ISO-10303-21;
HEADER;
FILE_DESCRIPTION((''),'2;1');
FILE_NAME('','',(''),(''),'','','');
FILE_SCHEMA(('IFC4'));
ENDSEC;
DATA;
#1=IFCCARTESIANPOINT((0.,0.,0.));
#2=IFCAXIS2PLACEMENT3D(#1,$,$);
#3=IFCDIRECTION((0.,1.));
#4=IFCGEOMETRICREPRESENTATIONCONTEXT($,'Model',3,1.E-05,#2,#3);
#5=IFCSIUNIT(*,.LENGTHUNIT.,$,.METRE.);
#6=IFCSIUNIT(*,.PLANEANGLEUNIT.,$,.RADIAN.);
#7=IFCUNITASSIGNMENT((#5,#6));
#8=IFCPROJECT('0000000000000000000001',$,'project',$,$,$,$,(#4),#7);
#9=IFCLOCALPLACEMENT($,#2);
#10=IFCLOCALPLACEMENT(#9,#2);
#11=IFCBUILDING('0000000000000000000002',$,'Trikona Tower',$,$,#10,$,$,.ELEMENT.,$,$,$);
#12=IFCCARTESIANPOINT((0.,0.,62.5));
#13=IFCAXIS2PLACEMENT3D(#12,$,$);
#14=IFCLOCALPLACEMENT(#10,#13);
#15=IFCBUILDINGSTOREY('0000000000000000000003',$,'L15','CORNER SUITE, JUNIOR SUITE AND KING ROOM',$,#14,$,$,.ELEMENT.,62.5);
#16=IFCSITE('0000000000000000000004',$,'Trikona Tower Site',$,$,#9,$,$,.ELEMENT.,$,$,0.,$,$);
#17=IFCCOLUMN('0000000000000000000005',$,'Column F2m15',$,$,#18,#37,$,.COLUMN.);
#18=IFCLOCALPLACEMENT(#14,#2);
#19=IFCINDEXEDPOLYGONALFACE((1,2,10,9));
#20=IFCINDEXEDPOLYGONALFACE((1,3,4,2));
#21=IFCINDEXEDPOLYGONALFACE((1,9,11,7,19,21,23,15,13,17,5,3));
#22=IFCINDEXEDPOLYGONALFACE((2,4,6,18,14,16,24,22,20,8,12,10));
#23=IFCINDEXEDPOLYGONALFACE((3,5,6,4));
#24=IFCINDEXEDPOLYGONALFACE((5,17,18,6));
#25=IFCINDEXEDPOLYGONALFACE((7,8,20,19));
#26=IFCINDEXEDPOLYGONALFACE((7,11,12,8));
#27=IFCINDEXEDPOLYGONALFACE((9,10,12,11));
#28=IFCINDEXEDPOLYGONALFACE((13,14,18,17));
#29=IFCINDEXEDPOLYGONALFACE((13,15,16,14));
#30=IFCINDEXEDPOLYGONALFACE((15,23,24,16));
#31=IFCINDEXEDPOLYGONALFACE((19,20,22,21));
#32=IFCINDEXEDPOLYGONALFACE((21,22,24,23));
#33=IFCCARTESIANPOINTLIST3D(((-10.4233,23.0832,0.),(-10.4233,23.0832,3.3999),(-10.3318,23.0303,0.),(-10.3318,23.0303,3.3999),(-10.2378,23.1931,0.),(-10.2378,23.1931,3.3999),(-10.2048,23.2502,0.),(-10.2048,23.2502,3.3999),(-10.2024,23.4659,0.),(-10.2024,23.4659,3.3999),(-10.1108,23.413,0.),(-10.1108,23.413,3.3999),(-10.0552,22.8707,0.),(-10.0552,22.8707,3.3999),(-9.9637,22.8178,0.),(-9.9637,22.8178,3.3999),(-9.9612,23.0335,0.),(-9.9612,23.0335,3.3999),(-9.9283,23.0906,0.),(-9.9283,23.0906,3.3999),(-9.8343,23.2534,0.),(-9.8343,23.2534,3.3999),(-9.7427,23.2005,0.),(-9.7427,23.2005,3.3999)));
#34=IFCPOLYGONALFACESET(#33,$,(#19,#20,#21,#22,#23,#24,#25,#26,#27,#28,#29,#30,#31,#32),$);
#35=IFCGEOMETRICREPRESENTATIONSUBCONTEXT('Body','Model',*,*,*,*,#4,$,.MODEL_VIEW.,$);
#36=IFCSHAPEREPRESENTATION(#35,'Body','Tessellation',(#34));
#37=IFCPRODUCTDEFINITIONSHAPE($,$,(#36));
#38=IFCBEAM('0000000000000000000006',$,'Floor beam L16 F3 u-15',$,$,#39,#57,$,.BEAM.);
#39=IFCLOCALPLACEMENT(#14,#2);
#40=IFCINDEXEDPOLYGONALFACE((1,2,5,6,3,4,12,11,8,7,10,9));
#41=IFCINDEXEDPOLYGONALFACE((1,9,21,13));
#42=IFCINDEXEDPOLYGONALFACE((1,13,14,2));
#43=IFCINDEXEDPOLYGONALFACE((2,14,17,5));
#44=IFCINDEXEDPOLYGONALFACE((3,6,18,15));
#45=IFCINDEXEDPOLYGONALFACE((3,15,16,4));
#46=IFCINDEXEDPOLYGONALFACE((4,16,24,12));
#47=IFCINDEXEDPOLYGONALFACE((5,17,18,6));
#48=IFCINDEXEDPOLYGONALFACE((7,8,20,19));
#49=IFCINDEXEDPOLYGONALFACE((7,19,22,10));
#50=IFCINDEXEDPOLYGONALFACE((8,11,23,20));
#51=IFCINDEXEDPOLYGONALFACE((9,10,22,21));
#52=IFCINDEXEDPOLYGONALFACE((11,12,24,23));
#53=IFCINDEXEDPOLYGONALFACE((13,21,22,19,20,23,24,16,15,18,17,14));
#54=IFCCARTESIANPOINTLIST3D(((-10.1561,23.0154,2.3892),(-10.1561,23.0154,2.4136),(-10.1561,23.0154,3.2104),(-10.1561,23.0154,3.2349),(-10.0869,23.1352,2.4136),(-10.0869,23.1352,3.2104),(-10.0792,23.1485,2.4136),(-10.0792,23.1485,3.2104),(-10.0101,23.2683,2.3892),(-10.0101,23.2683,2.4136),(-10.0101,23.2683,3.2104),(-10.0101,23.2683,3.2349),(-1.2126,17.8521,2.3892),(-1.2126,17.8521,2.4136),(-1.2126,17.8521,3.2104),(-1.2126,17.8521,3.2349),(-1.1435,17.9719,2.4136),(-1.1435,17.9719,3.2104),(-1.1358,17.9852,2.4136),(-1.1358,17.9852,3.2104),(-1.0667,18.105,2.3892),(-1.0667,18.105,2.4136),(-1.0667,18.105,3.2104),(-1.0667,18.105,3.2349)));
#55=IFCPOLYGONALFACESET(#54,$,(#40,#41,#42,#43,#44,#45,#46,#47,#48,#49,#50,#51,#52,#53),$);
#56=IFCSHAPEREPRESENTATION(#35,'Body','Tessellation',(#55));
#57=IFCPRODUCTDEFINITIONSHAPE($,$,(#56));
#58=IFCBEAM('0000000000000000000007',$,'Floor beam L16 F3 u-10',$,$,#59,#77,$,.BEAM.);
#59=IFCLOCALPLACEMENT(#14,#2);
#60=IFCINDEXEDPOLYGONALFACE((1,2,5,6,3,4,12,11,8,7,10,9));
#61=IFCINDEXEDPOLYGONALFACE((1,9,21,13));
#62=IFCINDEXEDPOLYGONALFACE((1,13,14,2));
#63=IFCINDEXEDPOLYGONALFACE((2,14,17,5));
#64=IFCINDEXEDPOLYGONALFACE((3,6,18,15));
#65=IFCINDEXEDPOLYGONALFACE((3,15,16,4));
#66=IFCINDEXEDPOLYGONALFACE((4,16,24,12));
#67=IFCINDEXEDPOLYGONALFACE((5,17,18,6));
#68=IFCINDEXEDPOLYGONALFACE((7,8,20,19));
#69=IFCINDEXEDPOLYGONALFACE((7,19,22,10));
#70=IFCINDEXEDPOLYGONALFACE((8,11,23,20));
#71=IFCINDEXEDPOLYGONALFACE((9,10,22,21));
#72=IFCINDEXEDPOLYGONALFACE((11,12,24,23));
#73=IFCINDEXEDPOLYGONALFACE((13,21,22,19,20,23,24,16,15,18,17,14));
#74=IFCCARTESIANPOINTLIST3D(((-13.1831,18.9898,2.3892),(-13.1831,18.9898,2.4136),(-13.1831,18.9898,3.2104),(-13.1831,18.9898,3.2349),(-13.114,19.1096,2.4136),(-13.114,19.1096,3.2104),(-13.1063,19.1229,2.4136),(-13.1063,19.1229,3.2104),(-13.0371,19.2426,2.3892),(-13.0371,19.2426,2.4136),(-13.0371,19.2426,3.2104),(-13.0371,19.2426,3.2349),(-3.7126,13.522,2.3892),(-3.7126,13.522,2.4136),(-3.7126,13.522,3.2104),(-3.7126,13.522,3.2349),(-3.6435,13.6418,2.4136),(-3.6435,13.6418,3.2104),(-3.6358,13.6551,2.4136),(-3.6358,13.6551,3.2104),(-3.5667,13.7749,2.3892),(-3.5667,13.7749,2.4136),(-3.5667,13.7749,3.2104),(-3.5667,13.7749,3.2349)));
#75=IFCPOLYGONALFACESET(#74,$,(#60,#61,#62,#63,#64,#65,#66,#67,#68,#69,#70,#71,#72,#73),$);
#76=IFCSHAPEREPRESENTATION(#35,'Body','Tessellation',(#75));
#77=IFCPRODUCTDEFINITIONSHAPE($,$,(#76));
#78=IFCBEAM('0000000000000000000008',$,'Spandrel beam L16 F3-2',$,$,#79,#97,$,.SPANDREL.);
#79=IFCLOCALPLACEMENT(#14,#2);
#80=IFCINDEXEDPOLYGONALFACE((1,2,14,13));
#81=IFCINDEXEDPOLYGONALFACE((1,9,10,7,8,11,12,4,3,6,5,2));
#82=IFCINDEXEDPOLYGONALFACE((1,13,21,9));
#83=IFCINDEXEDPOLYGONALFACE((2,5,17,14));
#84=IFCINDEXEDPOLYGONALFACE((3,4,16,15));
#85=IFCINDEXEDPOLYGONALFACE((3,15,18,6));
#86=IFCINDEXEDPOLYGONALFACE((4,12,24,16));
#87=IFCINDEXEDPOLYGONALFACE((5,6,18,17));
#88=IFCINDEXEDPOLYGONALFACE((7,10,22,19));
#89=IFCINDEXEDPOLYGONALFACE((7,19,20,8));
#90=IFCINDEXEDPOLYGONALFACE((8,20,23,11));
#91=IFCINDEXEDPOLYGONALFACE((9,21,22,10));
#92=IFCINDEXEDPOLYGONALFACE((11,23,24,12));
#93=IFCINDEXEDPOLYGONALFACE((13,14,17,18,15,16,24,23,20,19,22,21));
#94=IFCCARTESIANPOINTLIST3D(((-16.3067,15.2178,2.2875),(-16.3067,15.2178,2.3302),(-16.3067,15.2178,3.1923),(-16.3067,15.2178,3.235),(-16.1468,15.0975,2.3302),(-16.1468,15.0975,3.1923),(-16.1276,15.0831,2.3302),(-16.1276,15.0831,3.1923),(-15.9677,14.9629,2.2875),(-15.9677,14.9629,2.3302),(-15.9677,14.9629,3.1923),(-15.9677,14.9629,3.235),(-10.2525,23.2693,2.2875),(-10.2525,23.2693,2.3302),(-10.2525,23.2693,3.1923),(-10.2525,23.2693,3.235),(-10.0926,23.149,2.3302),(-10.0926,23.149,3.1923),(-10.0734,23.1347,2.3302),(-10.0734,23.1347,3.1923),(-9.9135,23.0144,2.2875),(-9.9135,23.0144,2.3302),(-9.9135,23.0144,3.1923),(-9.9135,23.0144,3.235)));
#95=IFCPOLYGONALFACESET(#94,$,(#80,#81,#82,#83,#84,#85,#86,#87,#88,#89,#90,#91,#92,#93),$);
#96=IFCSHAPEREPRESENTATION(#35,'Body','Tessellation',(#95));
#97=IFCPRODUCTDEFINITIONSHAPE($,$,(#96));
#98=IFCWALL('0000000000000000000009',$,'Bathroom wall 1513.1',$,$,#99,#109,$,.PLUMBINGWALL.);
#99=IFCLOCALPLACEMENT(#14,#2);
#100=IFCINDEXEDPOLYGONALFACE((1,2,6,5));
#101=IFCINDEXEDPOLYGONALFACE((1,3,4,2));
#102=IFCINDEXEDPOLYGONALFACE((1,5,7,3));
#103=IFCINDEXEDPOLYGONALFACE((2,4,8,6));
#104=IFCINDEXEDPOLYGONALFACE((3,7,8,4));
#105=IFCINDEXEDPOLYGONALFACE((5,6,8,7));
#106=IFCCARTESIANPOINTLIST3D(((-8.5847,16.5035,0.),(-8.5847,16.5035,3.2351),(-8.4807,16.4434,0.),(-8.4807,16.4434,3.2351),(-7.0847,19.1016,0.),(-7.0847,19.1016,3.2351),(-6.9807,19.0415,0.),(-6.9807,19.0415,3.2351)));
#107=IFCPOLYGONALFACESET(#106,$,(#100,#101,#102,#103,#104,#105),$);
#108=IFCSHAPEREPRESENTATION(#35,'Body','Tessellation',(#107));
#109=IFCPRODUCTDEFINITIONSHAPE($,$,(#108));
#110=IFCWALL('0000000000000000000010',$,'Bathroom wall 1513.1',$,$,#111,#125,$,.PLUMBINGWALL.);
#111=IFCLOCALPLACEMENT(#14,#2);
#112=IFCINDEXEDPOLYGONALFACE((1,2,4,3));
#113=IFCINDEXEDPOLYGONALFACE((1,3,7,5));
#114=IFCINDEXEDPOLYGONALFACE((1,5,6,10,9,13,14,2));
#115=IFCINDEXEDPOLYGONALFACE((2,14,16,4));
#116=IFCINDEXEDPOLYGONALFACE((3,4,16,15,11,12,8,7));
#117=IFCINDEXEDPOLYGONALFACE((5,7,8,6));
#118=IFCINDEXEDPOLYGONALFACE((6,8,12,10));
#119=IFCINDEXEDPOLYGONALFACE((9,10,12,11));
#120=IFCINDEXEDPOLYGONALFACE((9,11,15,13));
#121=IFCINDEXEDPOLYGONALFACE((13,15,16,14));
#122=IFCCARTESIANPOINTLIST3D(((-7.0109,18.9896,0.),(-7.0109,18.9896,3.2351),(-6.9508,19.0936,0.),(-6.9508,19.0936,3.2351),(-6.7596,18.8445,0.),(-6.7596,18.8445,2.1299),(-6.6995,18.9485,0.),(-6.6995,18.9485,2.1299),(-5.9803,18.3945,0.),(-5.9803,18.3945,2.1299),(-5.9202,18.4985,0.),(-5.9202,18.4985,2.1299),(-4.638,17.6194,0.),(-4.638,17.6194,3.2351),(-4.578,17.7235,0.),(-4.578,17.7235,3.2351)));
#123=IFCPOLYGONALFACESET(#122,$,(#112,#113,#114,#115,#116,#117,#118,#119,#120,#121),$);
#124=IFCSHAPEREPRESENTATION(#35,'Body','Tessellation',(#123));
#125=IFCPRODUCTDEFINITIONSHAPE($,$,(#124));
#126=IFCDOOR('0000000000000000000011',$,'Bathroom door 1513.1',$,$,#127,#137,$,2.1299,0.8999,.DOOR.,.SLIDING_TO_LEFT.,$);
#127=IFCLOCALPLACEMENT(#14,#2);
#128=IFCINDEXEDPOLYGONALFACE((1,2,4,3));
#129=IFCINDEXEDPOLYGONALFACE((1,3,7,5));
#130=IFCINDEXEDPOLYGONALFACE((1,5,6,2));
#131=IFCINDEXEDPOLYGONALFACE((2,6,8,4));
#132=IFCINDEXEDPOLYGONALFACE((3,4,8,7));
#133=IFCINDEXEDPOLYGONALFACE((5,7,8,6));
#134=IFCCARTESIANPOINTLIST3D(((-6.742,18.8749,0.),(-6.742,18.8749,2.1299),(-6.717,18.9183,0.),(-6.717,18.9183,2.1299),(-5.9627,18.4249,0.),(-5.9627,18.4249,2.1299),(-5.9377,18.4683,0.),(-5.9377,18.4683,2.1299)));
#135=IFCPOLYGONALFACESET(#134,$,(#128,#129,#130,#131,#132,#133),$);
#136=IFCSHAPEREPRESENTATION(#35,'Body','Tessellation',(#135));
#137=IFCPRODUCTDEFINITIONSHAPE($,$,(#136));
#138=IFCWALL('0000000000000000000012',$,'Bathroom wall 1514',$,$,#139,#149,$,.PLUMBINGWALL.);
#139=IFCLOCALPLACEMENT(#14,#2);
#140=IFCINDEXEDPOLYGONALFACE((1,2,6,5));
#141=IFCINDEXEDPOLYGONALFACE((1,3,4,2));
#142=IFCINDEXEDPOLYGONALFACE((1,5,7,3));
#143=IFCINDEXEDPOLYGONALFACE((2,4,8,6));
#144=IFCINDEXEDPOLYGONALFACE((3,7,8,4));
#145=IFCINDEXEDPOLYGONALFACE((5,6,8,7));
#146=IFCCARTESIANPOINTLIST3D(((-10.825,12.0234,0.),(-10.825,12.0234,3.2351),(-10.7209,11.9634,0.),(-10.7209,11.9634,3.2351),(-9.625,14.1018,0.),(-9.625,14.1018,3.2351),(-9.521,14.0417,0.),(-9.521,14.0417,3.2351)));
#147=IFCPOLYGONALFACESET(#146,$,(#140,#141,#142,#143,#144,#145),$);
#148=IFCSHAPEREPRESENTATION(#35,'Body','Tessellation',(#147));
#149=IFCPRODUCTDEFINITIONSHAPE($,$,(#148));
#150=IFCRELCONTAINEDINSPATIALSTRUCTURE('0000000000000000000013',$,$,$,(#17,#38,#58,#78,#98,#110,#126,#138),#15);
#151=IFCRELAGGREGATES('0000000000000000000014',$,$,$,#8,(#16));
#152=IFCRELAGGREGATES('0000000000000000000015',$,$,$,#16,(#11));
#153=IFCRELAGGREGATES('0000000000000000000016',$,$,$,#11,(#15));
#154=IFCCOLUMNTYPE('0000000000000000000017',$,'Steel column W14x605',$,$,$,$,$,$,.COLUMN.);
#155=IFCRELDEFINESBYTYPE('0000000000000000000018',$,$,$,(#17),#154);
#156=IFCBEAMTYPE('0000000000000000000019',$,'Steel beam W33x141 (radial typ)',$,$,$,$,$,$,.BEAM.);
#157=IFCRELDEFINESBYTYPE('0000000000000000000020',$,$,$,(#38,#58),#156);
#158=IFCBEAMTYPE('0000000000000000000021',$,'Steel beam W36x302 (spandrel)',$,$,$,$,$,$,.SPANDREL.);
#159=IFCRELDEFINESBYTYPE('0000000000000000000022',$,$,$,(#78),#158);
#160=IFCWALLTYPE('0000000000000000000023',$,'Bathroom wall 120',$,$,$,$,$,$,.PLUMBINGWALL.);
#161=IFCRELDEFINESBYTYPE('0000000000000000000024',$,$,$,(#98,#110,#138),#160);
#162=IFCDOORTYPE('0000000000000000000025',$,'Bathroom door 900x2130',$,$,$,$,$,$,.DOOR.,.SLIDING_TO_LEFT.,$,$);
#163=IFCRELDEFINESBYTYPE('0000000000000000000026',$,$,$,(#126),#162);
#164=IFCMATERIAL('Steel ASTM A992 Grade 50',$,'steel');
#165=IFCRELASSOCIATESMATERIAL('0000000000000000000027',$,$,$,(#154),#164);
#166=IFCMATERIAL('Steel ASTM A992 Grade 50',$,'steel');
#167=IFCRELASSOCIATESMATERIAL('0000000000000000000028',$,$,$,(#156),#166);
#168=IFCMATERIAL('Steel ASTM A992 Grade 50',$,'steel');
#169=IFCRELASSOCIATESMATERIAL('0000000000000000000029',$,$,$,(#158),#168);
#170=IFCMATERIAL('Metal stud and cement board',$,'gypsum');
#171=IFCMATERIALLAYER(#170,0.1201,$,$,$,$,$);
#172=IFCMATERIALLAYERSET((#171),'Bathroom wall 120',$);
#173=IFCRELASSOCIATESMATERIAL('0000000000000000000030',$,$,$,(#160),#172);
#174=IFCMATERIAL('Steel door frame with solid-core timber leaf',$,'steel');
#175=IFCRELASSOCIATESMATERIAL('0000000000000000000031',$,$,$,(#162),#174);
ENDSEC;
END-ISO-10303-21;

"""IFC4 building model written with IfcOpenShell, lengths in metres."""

from ifc_helpers import new_model, si_unit, direction, frame, frame_2d, origin, origin_2d, place, context, subcontext, project, spatial, rectangle, i_section, extrude, material, layer, layer_set, material_profile, profile_set, type_object, element, fill, save


model = new_model("IFC4")

# Units and contexts
model_context = context("Model", 3, precision=1e-05, world=origin(), true_north=direction((0.0, 1.0)))
body_context = subcontext(model_context, "Body", "Model", "MODEL_VIEW")
ifc_project = project(units=[si_unit("LENGTHUNIT", "METRE"), si_unit("PLANEANGLEUNIT", "RADIAN")], contexts=[model_context])

# Site, building, storey
site_placement = place(None, origin())
site = spatial("IfcSite", under=ifc_project, at=site_placement, Name="Trikona Tower Site", CompositionType="ELEMENT", RefElevation=0.0)
building_placement = place(site_placement, origin())
building = spatial("IfcBuilding", under=site, at=building_placement, Name="Trikona Tower", CompositionType="ELEMENT")
storey_placement = place(building_placement, frame((0.0, 0.0, 62.5)))
storey = spatial("IfcBuildingStorey", under=building, at=storey_placement, Name="L15", Description="CORNER SUITE, JUNIOR SUITE AND KING ROOM", CompositionType="ELEMENT", Elevation=62.5)

# Column
ifc_material_1 = material(Name="Steel ASTM A992 Grade 50", Category="steel")
ifc_material_profile_1 = material_profile(ifc_material_1, i_section(OverallWidth=0.4419, OverallDepth=0.5308, WebThickness=0.0659, FlangeThickness=0.1057, at=origin_2d()), Name="W14X605")
ifc_profile_set_1 = profile_set([ifc_material_profile_1], Name="Steel ASTM A992 Grade 50")
column_type = type_object("IfcColumnType", Name="Steel column W14x605", PredefinedType="COLUMN", material=ifc_profile_set_1)
column_placement = place(storey_placement, frame((-10.083, 23.1418, 0.0), z_axis=(0.0, 0.0, 1.0), x_axis=(-0.5, -0.866025, 0.0)))
element("IfcColumn", 1, at=column_placement, inside=storey, type_object=column_type, Name="Column F2m15", PredefinedType="COLUMN", context=body_context, shape_type="SweptSolid", body=[
    extrude(i_section(OverallWidth=0.4419, OverallDepth=0.5308, WebThickness=0.0659, FlangeThickness=0.1057, at=origin_2d()), origin(), (0.0, 0.0, 1.0), 3.3999),
])

# Beams
ifc_material_2 = material(Name="Steel ASTM A992 Grade 50", Category="steel")
ifc_material_profile_2 = material_profile(ifc_material_2, i_section(OverallWidth=0.292, OverallDepth=0.8457, WebThickness=0.0154, FlangeThickness=0.0244, at=origin_2d()), Name="W33X141")
ifc_profile_set_2 = profile_set([ifc_material_profile_2], Name="Steel ASTM A992 Grade 50")
beam_type_1 = type_object("IfcBeamType", Name="Steel beam W33x141 (radial typ)", PredefinedType="BEAM", material=ifc_profile_set_2)
beam_1_placement = place(storey_placement, frame((-1.1396, 17.9785, 2.812), z_axis=(-0.86603, 0.499991, 0.0), x_axis=(-0.499991, -0.86603, 0.0)))
element("IfcBeam", 2, at=beam_1_placement, inside=storey, type_object=beam_type_1, Name="Floor beam L16 F3 u-15", PredefinedType="BEAM", context=body_context, shape_type="SweptSolid", body=[
    extrude(i_section(OverallWidth=0.292, OverallDepth=0.8457, WebThickness=0.0154, FlangeThickness=0.0244, at=origin_2d()), origin(), (0.0, 0.0, 1.0), 10.3269),
])
beam_2_placement = place(storey_placement, frame((-3.6396, 13.6484, 2.812), z_axis=(-0.866025, 0.5, 0.0), x_axis=(-0.5, -0.866025, 0.0)))
element("IfcBeam", 3, at=beam_2_placement, inside=storey, type_object=beam_type_1, Name="Floor beam L16 F3 u-10", PredefinedType="BEAM", context=body_context, shape_type="SweptSolid", body=[
    extrude(i_section(OverallWidth=0.292, OverallDepth=0.8457, WebThickness=0.0154, FlangeThickness=0.0244, at=origin_2d()), origin(), (0.0, 0.0, 1.0), 10.9355),
])
ifc_material_3 = material(Name="Steel ASTM A992 Grade 50", Category="steel")
ifc_material_profile_3 = material_profile(ifc_material_3, i_section(OverallWidth=0.4241, OverallDepth=0.9475, WebThickness=0.0239, FlangeThickness=0.0427, at=origin_2d()), Name="W36X302")
ifc_profile_set_3 = profile_set([ifc_material_profile_3], Name="Steel ASTM A992 Grade 50")
beam_type_2 = type_object("IfcBeamType", Name="Steel beam W36x302 (spandrel)", PredefinedType="SPANDREL", material=ifc_profile_set_3)
beam_3_placement = place(storey_placement, frame((-10.083, 23.1418, 2.7612), z_axis=(-0.600988, -0.799258, 0.0), x_axis=(0.799258, -0.600988, 0.0)))
element("IfcBeam", 4, at=beam_3_placement, inside=storey, type_object=beam_type_2, Name="Spandrel beam L16 F3-2", PredefinedType="SPANDREL", context=body_context, shape_type="SweptSolid", body=[
    extrude(i_section(OverallWidth=0.4241, OverallDepth=0.9475, WebThickness=0.0239, FlangeThickness=0.0427, at=origin_2d()), origin(), (0.0, 0.0, 1.0), 10.0737),
])

# Wall
ifc_material_4 = material(Name="Metal stud and cement board", Category="gypsum")
ifc_layer_1 = layer(ifc_material_4, 0.1201)
ifc_layer_set_1 = layer_set([ifc_layer_1], Name="Bathroom wall 120")
wall_type_1 = type_object("IfcWallType", Name="Bathroom wall 120", PredefinedType="PLUMBINGWALL", material=ifc_layer_set_1)
wall_1_placement = place(storey_placement, frame((-7.0327, 19.0715, 0.0), z_axis=(0.0, 0.0, 1.0), x_axis=(-0.49999, -0.866031, 0.0)))
element("IfcWall", 5, at=wall_1_placement, inside=storey, type_object=wall_type_1, Name="Bathroom wall 1513.1", PredefinedType="PLUMBINGWALL", context=body_context, shape_type="SweptSolid", body=[
    extrude(rectangle(XDim=3.0, YDim=0.1201, at=frame_2d((1.5, 0.0))), origin(), (0.0, 0.0, 1.0), 3.2351),
])

# Wall, opening, door
wall_2_placement = place(storey_placement, frame((-4.6079, 17.6714, 0.0), z_axis=(0.0, 0.0, 1.0), x_axis=(-0.865997, 0.500049, 0.0)))
wall_2 = element("IfcWall", 6, at=wall_2_placement, inside=storey, type_object=wall_type_1, Name="Bathroom wall 1513.1", PredefinedType="PLUMBINGWALL", context=body_context, shape_type="SweptSolid", body=[
    extrude(rectangle(XDim=2.74, YDim=0.1201, at=frame_2d((1.3701, 0.0))), origin(), (0.0, 0.0, 1.0), 3.2351),
])
opening_1_placement = place(wall_2_placement, frame((1.55, 0.0, 0.0)))
opening_1 = element("IfcOpeningElement", 7, at=opening_1_placement, cuts=wall_2, PredefinedType="OPENING", context=body_context, shape_type="SweptSolid", body=[
    extrude(rectangle(XDim=0.8999, YDim=2.1299, at=frame_2d((0.45, 1.0649))), frame((0.0, 0.0701, 0.0), z_axis=(0.0, -1.0, 0.0), x_axis=(1.0, 0.0, 0.0)), (0.0, 0.0, 1.0), 0.1401),
])
ifc_material_5 = material(Name="Steel door frame with solid-core timber leaf", Category="steel")
door_type_1 = type_object("IfcDoorType", Name="Bathroom door 900x2130", OperationType="SLIDING_TO_LEFT", PredefinedType="DOOR", material=ifc_material_5)
door_1_placement = place(opening_1_placement, origin())
door_1 = element("IfcDoor", 8, at=door_1_placement, inside=storey, type_object=door_type_1, Name="Bathroom door 1513.1", OperationType="SLIDING_TO_LEFT", OverallHeight=2.1299, OverallWidth=0.8999, PredefinedType="DOOR", context=body_context, shape_type="SweptSolid", body=[
    extrude(rectangle(XDim=0.8999, YDim=2.1299, at=frame_2d((0.45, 1.0649))), frame((0.0, 0.0249, 0.0), z_axis=(0.0, -1.0, 0.0), x_axis=(1.0, 0.0, 0.0)), (0.0, 0.0, 1.0), 0.05),
])
fill(opening_1, door_1)

# Wall
wall_3_placement = place(storey_placement, frame((-9.573, 14.0718, 0.0), z_axis=(0.0, 0.0, 1.0), x_axis=(-0.500001, -0.866025, 0.0)))
element("IfcWall", 9, at=wall_3_placement, inside=storey, type_object=wall_type_1, Name="Bathroom wall 1514", PredefinedType="PLUMBINGWALL", context=body_context, shape_type="SweptSolid", body=[
    extrude(rectangle(XDim=2.3999, YDim=0.1201, at=frame_2d((1.2, 0.0))), origin(), (0.0, 0.0, 1.0), 3.2351),
])

save(model, "model.ifc")
